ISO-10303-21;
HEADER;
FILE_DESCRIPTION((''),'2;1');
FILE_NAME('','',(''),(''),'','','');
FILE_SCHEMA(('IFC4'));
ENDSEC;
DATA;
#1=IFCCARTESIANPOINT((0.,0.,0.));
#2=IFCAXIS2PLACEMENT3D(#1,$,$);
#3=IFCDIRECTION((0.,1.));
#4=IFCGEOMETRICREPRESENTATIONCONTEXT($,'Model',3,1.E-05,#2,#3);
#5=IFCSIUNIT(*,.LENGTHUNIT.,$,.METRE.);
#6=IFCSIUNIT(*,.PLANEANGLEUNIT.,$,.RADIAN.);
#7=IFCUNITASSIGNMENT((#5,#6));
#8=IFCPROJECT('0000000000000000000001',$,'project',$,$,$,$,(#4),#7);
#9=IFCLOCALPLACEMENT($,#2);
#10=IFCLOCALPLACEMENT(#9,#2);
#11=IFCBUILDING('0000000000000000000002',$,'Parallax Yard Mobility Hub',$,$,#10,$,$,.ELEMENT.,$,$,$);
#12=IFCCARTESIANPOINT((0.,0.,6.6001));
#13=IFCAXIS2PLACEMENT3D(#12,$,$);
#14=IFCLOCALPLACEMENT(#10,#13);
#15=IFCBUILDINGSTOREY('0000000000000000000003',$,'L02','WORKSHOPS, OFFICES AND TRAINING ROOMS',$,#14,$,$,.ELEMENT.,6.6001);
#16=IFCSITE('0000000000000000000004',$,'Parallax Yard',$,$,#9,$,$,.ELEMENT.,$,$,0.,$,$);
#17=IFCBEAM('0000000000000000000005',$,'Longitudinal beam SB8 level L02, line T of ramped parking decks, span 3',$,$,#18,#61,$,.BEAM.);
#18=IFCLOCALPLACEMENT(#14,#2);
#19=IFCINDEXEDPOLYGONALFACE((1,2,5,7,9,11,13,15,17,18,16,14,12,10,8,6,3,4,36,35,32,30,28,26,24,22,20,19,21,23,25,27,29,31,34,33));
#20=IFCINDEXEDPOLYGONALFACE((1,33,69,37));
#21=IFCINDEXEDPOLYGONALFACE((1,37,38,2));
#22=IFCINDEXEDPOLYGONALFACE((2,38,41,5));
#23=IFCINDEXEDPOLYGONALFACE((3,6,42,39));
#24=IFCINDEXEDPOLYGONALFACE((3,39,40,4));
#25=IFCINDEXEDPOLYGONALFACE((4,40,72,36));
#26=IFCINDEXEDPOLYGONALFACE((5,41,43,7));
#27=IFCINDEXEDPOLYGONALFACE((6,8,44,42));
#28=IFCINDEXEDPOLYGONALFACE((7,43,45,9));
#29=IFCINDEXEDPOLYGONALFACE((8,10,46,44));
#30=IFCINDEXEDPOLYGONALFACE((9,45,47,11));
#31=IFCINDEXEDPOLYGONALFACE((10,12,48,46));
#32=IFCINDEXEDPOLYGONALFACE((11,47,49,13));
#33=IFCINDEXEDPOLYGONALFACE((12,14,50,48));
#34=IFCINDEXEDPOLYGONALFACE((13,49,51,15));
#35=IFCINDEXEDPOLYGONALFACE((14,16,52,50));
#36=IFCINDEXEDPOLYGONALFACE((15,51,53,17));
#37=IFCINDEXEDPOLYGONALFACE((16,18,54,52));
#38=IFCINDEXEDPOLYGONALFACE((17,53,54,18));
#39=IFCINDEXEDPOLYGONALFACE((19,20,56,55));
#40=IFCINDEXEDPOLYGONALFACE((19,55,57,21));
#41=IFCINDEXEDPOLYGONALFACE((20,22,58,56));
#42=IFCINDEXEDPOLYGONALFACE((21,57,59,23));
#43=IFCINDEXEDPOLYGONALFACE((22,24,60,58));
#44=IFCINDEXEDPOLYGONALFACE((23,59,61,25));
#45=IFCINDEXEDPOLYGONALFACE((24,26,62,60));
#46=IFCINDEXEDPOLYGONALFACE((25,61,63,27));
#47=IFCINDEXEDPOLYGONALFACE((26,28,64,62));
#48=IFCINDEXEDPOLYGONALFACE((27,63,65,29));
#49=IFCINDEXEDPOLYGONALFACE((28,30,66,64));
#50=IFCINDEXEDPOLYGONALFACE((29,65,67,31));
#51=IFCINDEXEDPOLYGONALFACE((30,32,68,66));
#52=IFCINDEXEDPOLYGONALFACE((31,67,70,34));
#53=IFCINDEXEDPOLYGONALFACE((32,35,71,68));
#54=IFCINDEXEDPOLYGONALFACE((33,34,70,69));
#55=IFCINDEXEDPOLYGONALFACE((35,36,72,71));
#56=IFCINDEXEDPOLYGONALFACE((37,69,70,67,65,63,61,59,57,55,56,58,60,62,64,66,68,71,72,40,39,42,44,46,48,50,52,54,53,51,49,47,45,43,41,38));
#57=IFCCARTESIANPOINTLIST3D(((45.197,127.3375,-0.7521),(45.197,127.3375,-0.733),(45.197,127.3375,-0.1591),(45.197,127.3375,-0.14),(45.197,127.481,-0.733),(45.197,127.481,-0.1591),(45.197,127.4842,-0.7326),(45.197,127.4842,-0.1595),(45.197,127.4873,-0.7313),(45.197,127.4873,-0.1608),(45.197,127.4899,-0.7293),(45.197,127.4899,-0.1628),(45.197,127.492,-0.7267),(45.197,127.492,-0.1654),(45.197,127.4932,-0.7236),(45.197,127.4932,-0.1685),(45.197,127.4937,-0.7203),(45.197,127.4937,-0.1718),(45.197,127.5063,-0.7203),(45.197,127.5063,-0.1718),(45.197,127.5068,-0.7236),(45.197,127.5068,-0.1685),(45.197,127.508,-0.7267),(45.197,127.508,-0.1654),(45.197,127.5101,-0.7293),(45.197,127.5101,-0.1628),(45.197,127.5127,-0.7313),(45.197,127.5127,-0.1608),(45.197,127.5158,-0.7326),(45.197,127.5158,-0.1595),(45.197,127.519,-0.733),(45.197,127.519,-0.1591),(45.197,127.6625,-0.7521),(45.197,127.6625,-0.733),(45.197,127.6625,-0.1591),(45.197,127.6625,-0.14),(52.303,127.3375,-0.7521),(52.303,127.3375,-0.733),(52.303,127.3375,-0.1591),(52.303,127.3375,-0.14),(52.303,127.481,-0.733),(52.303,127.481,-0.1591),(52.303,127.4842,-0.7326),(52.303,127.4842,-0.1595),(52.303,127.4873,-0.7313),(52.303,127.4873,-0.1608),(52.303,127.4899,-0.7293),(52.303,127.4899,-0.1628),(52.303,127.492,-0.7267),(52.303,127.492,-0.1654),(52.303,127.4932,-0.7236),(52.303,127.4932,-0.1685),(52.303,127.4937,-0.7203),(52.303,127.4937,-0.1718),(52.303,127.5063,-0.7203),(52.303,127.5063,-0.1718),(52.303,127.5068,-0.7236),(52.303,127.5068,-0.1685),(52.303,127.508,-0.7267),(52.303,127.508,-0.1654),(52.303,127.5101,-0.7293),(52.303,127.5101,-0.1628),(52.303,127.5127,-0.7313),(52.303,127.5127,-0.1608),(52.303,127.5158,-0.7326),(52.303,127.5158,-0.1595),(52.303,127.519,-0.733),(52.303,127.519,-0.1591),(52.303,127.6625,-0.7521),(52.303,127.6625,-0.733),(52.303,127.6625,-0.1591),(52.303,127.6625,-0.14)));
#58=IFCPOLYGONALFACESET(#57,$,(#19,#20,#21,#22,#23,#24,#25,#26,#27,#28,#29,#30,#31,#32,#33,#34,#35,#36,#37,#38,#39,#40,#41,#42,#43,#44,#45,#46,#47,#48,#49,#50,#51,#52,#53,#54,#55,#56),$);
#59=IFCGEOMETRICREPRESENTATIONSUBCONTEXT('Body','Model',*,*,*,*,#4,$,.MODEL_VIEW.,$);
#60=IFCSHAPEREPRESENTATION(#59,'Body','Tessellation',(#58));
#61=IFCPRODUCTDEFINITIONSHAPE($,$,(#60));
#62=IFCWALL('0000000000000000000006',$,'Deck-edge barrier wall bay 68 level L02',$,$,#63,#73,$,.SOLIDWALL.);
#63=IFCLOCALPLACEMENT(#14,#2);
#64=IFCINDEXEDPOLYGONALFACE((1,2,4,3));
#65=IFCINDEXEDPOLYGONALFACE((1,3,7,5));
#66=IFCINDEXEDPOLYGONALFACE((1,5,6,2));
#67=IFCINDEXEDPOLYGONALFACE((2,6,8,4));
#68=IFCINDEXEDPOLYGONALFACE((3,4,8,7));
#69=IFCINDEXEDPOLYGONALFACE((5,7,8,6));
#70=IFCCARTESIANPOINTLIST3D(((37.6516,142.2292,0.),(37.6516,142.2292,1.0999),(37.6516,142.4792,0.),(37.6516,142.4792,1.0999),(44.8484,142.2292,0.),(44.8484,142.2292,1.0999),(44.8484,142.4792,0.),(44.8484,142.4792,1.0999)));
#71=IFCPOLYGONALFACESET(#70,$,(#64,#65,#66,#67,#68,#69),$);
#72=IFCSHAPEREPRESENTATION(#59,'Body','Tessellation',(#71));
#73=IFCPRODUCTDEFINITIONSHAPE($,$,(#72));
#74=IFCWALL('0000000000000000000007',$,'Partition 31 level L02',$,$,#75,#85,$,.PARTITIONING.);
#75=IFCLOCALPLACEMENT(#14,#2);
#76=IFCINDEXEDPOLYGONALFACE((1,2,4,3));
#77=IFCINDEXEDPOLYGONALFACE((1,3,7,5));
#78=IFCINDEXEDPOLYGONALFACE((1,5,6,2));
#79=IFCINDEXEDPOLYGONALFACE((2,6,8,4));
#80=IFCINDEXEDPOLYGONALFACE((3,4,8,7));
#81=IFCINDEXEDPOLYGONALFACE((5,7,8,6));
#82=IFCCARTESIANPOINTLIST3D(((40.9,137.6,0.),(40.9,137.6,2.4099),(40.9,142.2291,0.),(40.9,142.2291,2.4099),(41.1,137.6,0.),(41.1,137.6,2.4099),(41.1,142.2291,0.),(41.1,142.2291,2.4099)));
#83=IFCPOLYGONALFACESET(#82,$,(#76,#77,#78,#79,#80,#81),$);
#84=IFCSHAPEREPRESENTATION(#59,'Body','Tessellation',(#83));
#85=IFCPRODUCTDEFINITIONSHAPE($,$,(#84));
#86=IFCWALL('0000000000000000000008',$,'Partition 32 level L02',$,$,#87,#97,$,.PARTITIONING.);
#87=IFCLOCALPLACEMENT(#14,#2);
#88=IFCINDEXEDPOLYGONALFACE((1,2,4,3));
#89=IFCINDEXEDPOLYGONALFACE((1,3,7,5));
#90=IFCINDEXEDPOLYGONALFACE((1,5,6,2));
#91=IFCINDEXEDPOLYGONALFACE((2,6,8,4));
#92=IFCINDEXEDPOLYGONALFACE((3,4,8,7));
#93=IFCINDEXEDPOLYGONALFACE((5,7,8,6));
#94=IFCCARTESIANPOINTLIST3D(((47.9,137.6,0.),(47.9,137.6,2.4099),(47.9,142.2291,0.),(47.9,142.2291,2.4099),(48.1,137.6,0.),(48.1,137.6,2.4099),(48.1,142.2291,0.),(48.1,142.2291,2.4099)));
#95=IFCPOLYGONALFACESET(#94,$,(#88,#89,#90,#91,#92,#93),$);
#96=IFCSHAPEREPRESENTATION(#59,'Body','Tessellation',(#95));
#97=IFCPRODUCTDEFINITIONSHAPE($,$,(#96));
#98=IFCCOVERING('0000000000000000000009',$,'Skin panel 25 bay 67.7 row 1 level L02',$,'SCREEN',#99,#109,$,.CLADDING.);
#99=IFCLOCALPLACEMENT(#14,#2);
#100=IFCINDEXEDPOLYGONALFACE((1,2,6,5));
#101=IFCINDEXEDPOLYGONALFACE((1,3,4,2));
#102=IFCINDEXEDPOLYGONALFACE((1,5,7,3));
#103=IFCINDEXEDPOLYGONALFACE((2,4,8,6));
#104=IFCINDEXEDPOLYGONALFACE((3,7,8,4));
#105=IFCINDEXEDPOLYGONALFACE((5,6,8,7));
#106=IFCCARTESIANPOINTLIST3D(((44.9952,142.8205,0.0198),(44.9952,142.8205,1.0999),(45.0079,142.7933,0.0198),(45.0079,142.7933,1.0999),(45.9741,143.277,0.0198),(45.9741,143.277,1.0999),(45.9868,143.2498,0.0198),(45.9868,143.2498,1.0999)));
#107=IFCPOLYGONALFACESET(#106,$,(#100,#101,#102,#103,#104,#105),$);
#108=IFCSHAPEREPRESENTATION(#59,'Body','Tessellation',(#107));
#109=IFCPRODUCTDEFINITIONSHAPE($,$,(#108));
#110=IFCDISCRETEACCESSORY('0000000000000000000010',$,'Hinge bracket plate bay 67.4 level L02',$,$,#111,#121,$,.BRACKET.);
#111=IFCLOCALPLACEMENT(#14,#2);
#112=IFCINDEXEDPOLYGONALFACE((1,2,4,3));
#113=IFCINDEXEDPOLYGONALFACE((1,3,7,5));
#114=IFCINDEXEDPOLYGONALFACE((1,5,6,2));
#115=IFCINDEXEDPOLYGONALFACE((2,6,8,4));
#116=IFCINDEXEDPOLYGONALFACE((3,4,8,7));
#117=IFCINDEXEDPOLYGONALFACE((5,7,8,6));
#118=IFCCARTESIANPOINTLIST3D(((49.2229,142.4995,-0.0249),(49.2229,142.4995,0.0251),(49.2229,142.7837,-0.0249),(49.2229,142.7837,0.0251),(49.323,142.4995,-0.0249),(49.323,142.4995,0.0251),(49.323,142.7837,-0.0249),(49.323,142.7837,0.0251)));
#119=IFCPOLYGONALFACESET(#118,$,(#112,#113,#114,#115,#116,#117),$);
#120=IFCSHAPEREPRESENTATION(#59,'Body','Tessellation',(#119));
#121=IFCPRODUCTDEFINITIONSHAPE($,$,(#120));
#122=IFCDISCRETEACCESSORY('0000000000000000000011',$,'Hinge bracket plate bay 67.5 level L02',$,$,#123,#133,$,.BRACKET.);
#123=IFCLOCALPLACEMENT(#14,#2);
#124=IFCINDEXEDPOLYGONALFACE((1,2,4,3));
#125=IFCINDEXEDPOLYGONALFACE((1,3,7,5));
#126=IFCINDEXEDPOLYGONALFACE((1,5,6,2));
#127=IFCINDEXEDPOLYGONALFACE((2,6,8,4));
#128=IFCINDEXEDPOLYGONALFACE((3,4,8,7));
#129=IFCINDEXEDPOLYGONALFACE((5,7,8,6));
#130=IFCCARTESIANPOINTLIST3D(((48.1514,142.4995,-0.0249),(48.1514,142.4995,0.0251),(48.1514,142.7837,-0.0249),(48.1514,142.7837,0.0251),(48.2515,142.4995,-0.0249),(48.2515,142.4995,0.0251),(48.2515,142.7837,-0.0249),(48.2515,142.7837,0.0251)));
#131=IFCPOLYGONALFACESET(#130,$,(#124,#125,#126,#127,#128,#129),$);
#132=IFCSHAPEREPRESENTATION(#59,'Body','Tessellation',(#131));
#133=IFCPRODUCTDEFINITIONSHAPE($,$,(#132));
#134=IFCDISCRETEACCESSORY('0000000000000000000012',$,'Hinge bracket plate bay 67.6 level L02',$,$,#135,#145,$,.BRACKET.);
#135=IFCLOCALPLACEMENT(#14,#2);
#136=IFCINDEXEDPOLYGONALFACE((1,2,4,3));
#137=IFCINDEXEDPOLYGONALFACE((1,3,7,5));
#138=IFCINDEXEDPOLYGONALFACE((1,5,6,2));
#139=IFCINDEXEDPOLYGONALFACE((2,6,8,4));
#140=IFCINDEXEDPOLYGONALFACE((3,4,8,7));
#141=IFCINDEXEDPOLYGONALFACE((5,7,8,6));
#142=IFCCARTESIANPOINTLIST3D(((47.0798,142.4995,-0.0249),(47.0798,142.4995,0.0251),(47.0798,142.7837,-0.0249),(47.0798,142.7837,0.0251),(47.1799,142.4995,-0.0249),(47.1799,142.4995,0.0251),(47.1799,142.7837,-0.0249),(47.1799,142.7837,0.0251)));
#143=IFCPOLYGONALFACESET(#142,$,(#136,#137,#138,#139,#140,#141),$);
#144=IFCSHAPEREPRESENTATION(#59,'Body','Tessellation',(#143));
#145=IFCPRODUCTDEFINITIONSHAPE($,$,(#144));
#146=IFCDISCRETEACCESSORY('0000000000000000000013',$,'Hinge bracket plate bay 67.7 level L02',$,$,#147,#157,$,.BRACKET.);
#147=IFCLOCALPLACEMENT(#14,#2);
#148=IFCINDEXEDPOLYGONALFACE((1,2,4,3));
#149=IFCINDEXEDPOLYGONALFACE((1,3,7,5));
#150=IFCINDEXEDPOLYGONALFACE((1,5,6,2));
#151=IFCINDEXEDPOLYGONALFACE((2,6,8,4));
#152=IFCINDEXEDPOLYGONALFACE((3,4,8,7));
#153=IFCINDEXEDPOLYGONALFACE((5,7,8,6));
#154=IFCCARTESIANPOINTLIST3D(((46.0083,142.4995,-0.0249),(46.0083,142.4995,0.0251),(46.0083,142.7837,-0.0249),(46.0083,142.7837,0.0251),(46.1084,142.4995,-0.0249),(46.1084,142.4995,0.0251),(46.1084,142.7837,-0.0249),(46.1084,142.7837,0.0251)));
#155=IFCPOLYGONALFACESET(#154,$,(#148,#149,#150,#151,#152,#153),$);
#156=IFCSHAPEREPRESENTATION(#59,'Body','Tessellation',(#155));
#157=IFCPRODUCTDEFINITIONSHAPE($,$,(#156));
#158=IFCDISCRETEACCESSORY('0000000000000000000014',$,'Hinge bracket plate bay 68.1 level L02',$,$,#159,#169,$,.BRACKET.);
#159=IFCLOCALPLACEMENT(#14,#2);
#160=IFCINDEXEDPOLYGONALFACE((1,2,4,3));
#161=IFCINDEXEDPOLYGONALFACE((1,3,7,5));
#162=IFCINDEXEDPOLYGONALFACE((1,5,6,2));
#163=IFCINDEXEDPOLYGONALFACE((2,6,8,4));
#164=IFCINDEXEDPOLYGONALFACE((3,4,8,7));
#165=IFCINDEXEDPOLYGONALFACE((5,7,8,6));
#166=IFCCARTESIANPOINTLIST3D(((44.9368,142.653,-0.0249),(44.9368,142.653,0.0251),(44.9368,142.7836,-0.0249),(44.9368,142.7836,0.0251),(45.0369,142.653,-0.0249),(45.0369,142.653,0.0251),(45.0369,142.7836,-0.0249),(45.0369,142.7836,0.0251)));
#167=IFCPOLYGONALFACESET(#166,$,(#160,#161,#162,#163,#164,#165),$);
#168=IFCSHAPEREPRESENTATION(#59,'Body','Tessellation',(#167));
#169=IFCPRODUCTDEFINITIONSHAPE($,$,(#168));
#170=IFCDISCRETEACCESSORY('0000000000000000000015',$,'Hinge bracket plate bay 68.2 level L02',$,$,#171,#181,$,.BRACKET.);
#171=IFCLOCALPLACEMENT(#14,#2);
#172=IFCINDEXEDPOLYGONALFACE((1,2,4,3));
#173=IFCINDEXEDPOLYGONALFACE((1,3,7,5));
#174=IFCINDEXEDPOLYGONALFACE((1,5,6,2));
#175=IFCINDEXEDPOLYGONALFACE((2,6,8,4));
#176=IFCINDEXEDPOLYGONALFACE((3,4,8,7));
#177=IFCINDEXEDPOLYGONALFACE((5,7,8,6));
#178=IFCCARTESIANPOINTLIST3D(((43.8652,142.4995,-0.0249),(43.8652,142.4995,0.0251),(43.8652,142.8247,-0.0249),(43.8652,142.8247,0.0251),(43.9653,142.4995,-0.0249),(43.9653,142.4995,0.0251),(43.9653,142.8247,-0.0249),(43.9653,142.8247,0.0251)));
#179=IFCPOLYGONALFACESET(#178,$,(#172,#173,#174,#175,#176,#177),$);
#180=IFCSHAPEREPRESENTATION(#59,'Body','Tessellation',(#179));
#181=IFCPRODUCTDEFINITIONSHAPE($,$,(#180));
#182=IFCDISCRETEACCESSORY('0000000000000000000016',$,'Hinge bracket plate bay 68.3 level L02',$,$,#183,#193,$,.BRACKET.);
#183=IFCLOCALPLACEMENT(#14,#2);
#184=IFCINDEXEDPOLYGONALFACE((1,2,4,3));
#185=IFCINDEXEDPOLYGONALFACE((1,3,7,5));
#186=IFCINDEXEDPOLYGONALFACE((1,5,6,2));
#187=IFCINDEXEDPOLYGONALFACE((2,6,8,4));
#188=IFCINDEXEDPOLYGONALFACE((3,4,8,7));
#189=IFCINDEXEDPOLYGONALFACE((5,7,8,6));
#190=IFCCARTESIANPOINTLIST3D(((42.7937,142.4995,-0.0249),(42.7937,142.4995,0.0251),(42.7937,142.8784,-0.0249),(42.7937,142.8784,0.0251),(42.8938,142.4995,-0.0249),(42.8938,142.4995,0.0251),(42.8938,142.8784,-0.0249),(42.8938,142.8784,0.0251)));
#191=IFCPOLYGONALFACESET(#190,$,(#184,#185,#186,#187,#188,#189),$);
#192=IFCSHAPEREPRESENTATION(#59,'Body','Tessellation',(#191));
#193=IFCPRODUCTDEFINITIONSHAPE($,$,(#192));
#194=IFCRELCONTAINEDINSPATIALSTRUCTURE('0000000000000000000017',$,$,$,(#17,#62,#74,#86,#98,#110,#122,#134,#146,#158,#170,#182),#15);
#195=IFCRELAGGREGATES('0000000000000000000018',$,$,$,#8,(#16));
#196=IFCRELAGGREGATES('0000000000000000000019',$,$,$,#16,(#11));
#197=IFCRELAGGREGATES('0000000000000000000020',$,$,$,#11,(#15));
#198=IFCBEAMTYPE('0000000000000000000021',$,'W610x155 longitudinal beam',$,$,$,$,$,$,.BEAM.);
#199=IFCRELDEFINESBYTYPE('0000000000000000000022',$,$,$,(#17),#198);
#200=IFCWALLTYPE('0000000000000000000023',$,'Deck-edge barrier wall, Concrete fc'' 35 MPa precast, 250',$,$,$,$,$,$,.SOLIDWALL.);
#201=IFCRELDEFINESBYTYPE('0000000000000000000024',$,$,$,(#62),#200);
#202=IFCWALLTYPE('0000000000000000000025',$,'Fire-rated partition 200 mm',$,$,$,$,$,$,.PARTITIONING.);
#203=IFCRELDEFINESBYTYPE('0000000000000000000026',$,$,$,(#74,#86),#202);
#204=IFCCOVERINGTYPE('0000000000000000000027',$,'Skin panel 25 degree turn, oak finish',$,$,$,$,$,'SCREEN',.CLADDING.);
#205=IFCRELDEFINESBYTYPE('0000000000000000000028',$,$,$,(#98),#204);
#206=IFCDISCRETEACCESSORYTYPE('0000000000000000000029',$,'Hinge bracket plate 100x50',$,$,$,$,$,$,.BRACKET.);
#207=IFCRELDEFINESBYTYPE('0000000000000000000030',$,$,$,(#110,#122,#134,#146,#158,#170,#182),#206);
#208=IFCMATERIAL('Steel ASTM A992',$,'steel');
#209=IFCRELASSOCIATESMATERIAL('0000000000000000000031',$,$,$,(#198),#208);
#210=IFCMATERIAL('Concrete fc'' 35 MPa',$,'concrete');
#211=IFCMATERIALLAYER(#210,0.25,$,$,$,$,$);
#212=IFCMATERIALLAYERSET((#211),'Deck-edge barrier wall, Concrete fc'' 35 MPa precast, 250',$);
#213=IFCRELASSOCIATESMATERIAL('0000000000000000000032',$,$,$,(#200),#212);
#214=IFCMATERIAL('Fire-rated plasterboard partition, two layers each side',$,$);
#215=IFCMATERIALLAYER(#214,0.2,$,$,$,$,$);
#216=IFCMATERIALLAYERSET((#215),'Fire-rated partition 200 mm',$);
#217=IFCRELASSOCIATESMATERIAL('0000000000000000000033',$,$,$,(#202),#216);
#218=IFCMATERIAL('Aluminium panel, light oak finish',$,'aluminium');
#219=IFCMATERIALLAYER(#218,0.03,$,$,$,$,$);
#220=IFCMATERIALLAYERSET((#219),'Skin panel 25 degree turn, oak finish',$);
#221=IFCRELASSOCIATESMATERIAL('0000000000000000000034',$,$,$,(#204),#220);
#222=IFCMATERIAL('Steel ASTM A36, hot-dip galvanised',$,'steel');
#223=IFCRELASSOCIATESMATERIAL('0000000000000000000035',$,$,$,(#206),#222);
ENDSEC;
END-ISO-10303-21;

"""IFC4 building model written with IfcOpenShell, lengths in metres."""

from ifc_helpers import new_model, si_unit, direction, frame, frame_2d, origin, origin_2d, place, context, subcontext, project, spatial, rectangle, i_section, extrude, material, layer, layer_set, material_profile, profile_set, type_object, element, save


model = new_model("IFC4")

# Units and contexts
model_context = context("Model", 3, precision=1e-05, world=origin(), true_north=direction((0.0, 1.0)))
body_context = subcontext(model_context, "Body", "Model", "MODEL_VIEW")
ifc_project = project(units=[si_unit("LENGTHUNIT", "METRE"), si_unit("PLANEANGLEUNIT", "RADIAN")], contexts=[model_context])

# Site, building, storey
site_placement = place(None, origin())
site = spatial("IfcSite", under=ifc_project, at=site_placement, Name="Parallax Yard", CompositionType="ELEMENT", RefElevation=0.0)
building_placement = place(site_placement, origin())
building = spatial("IfcBuilding", under=site, at=building_placement, Name="Parallax Yard Mobility Hub", CompositionType="ELEMENT")
storey_placement = place(building_placement, frame((0.0, 0.0, 6.6001)))
storey = spatial("IfcBuildingStorey", under=building, at=storey_placement, Name="L02", Description="WORKSHOPS, OFFICES AND TRAINING ROOMS", CompositionType="ELEMENT", Elevation=6.6001)

# Shared definitions
ifc_material_1 = material(Name="Steel ASTM A992", Category="steel")

# Beam
ifc_material_profile_1 = material_profile(ifc_material_1, i_section(OverallWidth=0.325, OverallDepth=0.6121, WebThickness=0.0127, FlangeThickness=0.019, FilletRadius=0.0127, at=origin_2d()), Name="W610x155")
ifc_profile_set_1 = profile_set([ifc_material_profile_1], Name="Steel ASTM A992")
beam_type_1 = type_object("IfcBeamType", Name="W610x155 longitudinal beam", PredefinedType="BEAM", material=ifc_profile_set_1)
beam_1_placement = place(storey_placement, frame((45.197, 127.5, -0.446), z_axis=(1.0, 0.0, 0.0), x_axis=(0.0, 1.0, 0.0)))
element("IfcBeam", 1, at=beam_1_placement, inside=storey, type_object=beam_type_1, Name="Longitudinal beam SB8 level L02, line T of ramped parking decks, span 3", PredefinedType="BEAM", context=body_context, shape_type="SweptSolid", body=[
    extrude(i_section(OverallWidth=0.325, OverallDepth=0.6121, WebThickness=0.0127, FlangeThickness=0.019, FilletRadius=0.0127, at=origin_2d()), origin(), (0.0, 0.0, 1.0), 7.106),
])

# Walls
ifc_material_2 = material(Name="Concrete fc' 35 MPa", Category="concrete")
ifc_layer_1 = layer(ifc_material_2, 0.25)
ifc_layer_set_1 = layer_set([ifc_layer_1], Name="Deck-edge barrier wall, Concrete fc' 35 MPa precast, 250")
wall_type_1 = type_object("IfcWallType", Name="Deck-edge barrier wall, Concrete fc' 35 MPa precast, 250", PredefinedType="SOLIDWALL", material=ifc_layer_set_1)
wall_placement = place(storey_placement, frame((44.8484, 142.3542, 0.0), z_axis=(0.0, 0.0, 1.0), x_axis=(-1.0, 0.0, 0.0)))
element("IfcWall", 2, at=wall_placement, inside=storey, type_object=wall_type_1, Name="Deck-edge barrier wall bay 68 level L02", PredefinedType="SOLIDWALL", context=body_context, shape_type="SweptSolid", body=[
    extrude(rectangle(XDim=7.1968, YDim=0.25, at=frame_2d((3.5984, 0.0))), origin(), (0.0, 0.0, 1.0), 1.0999),
])
ifc_material_3 = material(Name="Fire-rated plasterboard partition, two layers each side")
ifc_layer_2 = layer(ifc_material_3, 0.2)
ifc_layer_set_2 = layer_set([ifc_layer_2], Name="Fire-rated partition 200 mm")
wall_type_2 = type_object("IfcWallType", Name="Fire-rated partition 200 mm", PredefinedType="PARTITIONING", material=ifc_layer_set_2)
for number, where, z_axis, x_axis, name in (
    (3, (41.0, 137.6001, 0.0), (0.0, 0.0, 1.0), (0.0, 1.0, 0.0), "Partition 31 level L02"),
    (4, (48.0, 137.6001, 0.0), (0.0, 0.0, 1.0), (0.0, 1.0, 0.0), "Partition 32 level L02"),
):
    element("IfcWall", number, at=place(storey_placement, frame(where, z_axis=z_axis, x_axis=x_axis)), inside=storey, type_object=wall_type_2, Name=name, PredefinedType="PARTITIONING", context=body_context, shape_type="SweptSolid", body=[
        extrude(rectangle(XDim=4.6292, YDim=0.2, at=frame_2d((2.3145, 0.0))), origin(), (0.0, 0.0, 1.0), 2.4099),
    ])

# Covering
ifc_material_4 = material(Name="Aluminium panel, light oak finish", Category="aluminium")
ifc_layer_3 = layer(ifc_material_4, 0.03)
ifc_layer_set_3 = layer_set([ifc_layer_3], Name="Skin panel 25 degree turn, oak finish")
covering_type = type_object("IfcCoveringType", Name="Skin panel 25 degree turn, oak finish", ElementType="SCREEN", PredefinedType="CLADDING", material=ifc_layer_set_3)
covering_placement = place(storey_placement, frame((45.491, 143.0352, 0.0198), z_axis=(0.0, 0.0, 1.0), x_axis=(0.906308, 0.422618, 0.0)))
element("IfcCovering", 5, at=covering_placement, inside=storey, type_object=covering_type, Name="Skin panel 25 bay 67.7 row 1 level L02", ObjectType="SCREEN", PredefinedType="CLADDING", context=body_context, shape_type="SweptSolid", body=[
    extrude(rectangle(XDim=1.0801, YDim=0.03, at=origin_2d()), origin(), (0.0, 0.0, 1.0), 1.0801),
])

# Discrete accessories
ifc_material_5 = material(Name="Steel ASTM A36, hot-dip galvanised", Category="steel")
discrete_accessory_type_1 = type_object("IfcDiscreteAccessoryType", Name="Hinge bracket plate 100x50", PredefinedType="BRACKET", material=ifc_material_5)
for number, where, z_axis, x_axis, name in (
    (6, (49.2729, 142.6416, -0.0249), (0.0, 0.0, 1.0), (0.0, 1.0, 0.0), "Hinge bracket plate bay 67.4 level L02"),
    (7, (48.2014, 142.6416, -0.0249), (0.0, 0.0, 1.0), (0.0, 1.0, 0.0), "Hinge bracket plate bay 67.5 level L02"),
    (8, (47.1299, 142.6416, -0.0249), (0.0, 0.0, 1.0), (0.0, 1.0, 0.0), "Hinge bracket plate bay 67.6 level L02"),
    (9, (46.0583, 142.6416, -0.0249), (0.0, 0.0, 1.0), (0.0, 1.0, 0.0), "Hinge bracket plate bay 67.7 level L02"),
):
    element("IfcDiscreteAccessory", number, at=place(storey_placement, frame(where, z_axis=z_axis, x_axis=x_axis)), inside=storey, type_object=discrete_accessory_type_1, Name=name, PredefinedType="BRACKET", context=body_context, shape_type="SweptSolid", body=[
        extrude(rectangle(XDim=0.2842, YDim=0.1001, at=origin_2d()), origin(), (0.0, 0.0, 1.0), 0.05),
    ])
discrete_accessory_1_placement = place(storey_placement, frame((44.9868, 142.7183, -0.0249), z_axis=(0.0, 0.0, 1.0), x_axis=(0.0, 1.0, 0.0)))
element("IfcDiscreteAccessory", 10, at=discrete_accessory_1_placement, inside=storey, type_object=discrete_accessory_type_1, Name="Hinge bracket plate bay 68.1 level L02", PredefinedType="BRACKET", context=body_context, shape_type="SweptSolid", body=[
    extrude(rectangle(XDim=0.1306, YDim=0.1001, at=origin_2d()), origin(), (0.0, 0.0, 1.0), 0.05),
])
discrete_accessory_2_placement = place(storey_placement, frame((43.9153, 142.6621, -0.0249), z_axis=(0.0, 0.0, 1.0), x_axis=(0.0, 1.0, 0.0)))
element("IfcDiscreteAccessory", 11, at=discrete_accessory_2_placement, inside=storey, type_object=discrete_accessory_type_1, Name="Hinge bracket plate bay 68.2 level L02", PredefinedType="BRACKET", context=body_context, shape_type="SweptSolid", body=[
    extrude(rectangle(XDim=0.3252, YDim=0.1001, at=origin_2d()), origin(), (0.0, 0.0, 1.0), 0.05),
])
discrete_accessory_3_placement = place(storey_placement, frame((42.8438, 142.689, -0.0249), z_axis=(0.0, 0.0, 1.0), x_axis=(0.0, 1.0, 0.0)))
element("IfcDiscreteAccessory", 12, at=discrete_accessory_3_placement, inside=storey, type_object=discrete_accessory_type_1, Name="Hinge bracket plate bay 68.3 level L02", PredefinedType="BRACKET", context=body_context, shape_type="SweptSolid", body=[
    extrude(rectangle(XDim=0.3789, YDim=0.1001, at=origin_2d()), origin(), (0.0, 0.0, 1.0), 0.05),
])

save(model, "model.ifc")
